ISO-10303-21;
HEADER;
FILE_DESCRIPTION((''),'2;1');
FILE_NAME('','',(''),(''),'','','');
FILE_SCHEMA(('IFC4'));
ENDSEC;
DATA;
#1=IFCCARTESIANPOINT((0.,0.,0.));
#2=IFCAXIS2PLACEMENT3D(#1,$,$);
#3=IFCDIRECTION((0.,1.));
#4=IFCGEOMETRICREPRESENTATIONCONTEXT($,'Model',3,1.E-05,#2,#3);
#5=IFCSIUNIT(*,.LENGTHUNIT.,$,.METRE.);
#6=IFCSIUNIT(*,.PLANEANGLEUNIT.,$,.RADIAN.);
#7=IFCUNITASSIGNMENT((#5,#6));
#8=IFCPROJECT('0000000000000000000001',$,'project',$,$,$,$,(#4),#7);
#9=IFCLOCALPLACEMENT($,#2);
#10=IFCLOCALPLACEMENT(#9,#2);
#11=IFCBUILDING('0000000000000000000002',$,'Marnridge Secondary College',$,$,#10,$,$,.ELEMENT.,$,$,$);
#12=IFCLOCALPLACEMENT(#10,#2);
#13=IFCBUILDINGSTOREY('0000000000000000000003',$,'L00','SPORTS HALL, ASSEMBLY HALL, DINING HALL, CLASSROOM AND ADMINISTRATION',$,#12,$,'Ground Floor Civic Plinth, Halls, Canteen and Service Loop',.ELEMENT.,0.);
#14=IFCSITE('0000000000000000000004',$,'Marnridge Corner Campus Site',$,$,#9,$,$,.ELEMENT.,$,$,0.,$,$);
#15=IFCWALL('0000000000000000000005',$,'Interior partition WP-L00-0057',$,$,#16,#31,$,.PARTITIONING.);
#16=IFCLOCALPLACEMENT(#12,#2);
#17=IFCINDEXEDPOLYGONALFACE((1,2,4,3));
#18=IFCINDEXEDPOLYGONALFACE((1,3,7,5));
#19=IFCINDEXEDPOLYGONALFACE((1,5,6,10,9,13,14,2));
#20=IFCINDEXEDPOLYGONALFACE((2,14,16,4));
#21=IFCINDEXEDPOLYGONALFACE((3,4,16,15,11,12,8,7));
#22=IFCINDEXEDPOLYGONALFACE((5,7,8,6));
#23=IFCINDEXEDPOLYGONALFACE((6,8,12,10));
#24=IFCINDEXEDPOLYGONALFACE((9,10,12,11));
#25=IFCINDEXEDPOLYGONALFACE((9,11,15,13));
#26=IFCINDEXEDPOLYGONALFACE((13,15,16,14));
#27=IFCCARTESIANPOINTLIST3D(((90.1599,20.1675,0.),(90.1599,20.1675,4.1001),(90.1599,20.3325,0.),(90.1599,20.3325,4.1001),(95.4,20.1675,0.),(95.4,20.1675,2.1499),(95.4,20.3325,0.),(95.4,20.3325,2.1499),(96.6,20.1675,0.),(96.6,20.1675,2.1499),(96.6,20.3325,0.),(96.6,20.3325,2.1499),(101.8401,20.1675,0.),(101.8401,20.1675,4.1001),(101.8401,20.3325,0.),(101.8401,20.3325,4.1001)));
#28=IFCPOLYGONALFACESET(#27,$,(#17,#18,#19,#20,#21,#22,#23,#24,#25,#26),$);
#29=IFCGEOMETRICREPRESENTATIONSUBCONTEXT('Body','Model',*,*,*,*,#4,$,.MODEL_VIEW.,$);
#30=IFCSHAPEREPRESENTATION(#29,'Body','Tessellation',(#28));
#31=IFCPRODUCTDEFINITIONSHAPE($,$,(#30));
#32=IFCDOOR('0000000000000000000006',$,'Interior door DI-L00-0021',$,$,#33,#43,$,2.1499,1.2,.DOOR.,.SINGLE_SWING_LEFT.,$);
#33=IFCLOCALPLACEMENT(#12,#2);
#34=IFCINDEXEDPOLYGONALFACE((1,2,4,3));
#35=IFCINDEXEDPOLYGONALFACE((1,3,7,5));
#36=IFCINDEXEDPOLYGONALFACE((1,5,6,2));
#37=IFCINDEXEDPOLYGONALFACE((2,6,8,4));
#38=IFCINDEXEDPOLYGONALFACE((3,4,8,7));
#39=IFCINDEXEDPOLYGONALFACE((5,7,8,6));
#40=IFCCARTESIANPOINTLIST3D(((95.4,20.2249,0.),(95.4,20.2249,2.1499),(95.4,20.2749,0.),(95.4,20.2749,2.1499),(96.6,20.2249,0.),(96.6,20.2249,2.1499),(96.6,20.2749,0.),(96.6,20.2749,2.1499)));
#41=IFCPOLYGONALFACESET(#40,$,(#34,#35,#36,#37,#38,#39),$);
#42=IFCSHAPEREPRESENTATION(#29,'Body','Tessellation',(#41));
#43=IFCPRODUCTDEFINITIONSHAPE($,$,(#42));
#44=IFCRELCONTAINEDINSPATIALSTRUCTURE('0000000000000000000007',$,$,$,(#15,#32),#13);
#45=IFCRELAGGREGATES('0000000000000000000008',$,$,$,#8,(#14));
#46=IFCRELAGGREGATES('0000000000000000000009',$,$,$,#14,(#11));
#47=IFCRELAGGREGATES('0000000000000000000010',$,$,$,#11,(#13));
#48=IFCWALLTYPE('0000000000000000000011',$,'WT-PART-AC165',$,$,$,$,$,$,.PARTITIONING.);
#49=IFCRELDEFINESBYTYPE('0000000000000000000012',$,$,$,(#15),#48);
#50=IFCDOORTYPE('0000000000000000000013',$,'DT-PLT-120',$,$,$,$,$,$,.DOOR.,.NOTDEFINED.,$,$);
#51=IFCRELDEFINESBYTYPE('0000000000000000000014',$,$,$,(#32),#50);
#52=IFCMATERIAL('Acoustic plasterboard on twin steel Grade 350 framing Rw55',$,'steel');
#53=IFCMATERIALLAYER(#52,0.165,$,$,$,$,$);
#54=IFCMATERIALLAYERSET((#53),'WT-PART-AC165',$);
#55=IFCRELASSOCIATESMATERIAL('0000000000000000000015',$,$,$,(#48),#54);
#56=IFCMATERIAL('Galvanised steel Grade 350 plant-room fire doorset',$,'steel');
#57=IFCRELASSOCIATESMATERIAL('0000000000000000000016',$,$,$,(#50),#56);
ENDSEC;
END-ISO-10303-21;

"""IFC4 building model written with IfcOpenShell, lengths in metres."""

from ifc_helpers import new_model, si_unit, direction, frame, frame_2d, origin, place, context, subcontext, project, spatial, rectangle, extrude, material, layer, layer_set, type_object, element, fill, save


model = new_model("IFC4")

# Units and contexts
model_context = context("Model", 3, precision=1e-05, world=origin(), true_north=direction((0.0, 1.0)))
body_context = subcontext(model_context, "Body", "Model", "MODEL_VIEW")
ifc_project = project(units=[si_unit("LENGTHUNIT", "METRE"), si_unit("PLANEANGLEUNIT", "RADIAN")], contexts=[model_context])

# Site, building, storey
site_placement = place(None, origin())
site = spatial("IfcSite", under=ifc_project, at=site_placement, Name="Marnridge Corner Campus Site", CompositionType="ELEMENT", RefElevation=0.0)
building_placement = place(site_placement, origin())
building = spatial("IfcBuilding", under=site, at=building_placement, Name="Marnridge Secondary College", CompositionType="ELEMENT")
storey_placement = place(building_placement, origin())
storey = spatial("IfcBuildingStorey", under=building, at=storey_placement, Name="L00", Description="SPORTS HALL, ASSEMBLY HALL, DINING HALL, CLASSROOM AND ADMINISTRATION", LongName="Ground Floor Civic Plinth, Halls, Canteen and Service Loop", CompositionType="ELEMENT", Elevation=0.0)

# Wall, opening, door
ifc_material_1 = material(Name="Acoustic plasterboard on twin steel Grade 350 framing Rw55", Category="steel")
ifc_layer_1 = layer(ifc_material_1, 0.165)
ifc_layer_set_1 = layer_set([ifc_layer_1], Name="WT-PART-AC165")
wall_type_1 = type_object("IfcWallType", Name="WT-PART-AC165", PredefinedType="PARTITIONING", material=ifc_layer_set_1)
wall_1_placement = place(storey_placement, frame((90.1599, 20.25, 0.0), z_axis=(0.0, 0.0, 1.0), x_axis=(1.0, 0.0, 0.0)))
wall_1 = element("IfcWall", 1, at=wall_1_placement, inside=storey, type_object=wall_type_1, Name="Interior partition WP-L00-0057", PredefinedType="PARTITIONING", context=body_context, shape_type="SweptSolid", body=[
    extrude(rectangle(XDim=11.6802, YDim=0.165, at=frame_2d((5.8401, 0.0))), origin(), (0.0, 0.0, 1.0), 4.1001),
])
opening_1_placement = place(wall_1_placement, frame((5.24, 0.0, 0.0)))
opening_1 = element("IfcOpeningElement", 2, at=opening_1_placement, cuts=wall_1, PredefinedType="OPENING", context=body_context, shape_type="SweptSolid", body=[
    extrude(rectangle(XDim=1.2, YDim=2.1499, at=frame_2d((0.6001, 1.075))), frame((0.0, 0.0925, 0.0), z_axis=(0.0, -1.0, 0.0), x_axis=(1.0, 0.0, 0.0)), (0.0, 0.0, 1.0), 0.1851),
])
ifc_material_2 = material(Name="Galvanised steel Grade 350 plant-room fire doorset", Category="steel")
door_type_1 = type_object("IfcDoorType", Name="DT-PLT-120", OperationType="NOTDEFINED", PredefinedType="DOOR", material=ifc_material_2)
door_1_placement = place(opening_1_placement, origin())
door_1 = element("IfcDoor", 3, at=door_1_placement, inside=storey, type_object=door_type_1, Name="Interior door DI-L00-0021", OperationType="SINGLE_SWING_LEFT", OverallHeight=2.1499, OverallWidth=1.2, PredefinedType="DOOR", context=body_context, shape_type="SweptSolid", body=[
    extrude(rectangle(XDim=1.2, YDim=2.1499, at=frame_2d((0.6001, 1.075))), frame((0.0, 0.0249, 0.0), z_axis=(0.0, -1.0, 0.0), x_axis=(1.0, 0.0, 0.0)), (0.0, 0.0, 1.0), 0.05),
])
fill(opening_1, door_1)

save(model, "model.ifc")
